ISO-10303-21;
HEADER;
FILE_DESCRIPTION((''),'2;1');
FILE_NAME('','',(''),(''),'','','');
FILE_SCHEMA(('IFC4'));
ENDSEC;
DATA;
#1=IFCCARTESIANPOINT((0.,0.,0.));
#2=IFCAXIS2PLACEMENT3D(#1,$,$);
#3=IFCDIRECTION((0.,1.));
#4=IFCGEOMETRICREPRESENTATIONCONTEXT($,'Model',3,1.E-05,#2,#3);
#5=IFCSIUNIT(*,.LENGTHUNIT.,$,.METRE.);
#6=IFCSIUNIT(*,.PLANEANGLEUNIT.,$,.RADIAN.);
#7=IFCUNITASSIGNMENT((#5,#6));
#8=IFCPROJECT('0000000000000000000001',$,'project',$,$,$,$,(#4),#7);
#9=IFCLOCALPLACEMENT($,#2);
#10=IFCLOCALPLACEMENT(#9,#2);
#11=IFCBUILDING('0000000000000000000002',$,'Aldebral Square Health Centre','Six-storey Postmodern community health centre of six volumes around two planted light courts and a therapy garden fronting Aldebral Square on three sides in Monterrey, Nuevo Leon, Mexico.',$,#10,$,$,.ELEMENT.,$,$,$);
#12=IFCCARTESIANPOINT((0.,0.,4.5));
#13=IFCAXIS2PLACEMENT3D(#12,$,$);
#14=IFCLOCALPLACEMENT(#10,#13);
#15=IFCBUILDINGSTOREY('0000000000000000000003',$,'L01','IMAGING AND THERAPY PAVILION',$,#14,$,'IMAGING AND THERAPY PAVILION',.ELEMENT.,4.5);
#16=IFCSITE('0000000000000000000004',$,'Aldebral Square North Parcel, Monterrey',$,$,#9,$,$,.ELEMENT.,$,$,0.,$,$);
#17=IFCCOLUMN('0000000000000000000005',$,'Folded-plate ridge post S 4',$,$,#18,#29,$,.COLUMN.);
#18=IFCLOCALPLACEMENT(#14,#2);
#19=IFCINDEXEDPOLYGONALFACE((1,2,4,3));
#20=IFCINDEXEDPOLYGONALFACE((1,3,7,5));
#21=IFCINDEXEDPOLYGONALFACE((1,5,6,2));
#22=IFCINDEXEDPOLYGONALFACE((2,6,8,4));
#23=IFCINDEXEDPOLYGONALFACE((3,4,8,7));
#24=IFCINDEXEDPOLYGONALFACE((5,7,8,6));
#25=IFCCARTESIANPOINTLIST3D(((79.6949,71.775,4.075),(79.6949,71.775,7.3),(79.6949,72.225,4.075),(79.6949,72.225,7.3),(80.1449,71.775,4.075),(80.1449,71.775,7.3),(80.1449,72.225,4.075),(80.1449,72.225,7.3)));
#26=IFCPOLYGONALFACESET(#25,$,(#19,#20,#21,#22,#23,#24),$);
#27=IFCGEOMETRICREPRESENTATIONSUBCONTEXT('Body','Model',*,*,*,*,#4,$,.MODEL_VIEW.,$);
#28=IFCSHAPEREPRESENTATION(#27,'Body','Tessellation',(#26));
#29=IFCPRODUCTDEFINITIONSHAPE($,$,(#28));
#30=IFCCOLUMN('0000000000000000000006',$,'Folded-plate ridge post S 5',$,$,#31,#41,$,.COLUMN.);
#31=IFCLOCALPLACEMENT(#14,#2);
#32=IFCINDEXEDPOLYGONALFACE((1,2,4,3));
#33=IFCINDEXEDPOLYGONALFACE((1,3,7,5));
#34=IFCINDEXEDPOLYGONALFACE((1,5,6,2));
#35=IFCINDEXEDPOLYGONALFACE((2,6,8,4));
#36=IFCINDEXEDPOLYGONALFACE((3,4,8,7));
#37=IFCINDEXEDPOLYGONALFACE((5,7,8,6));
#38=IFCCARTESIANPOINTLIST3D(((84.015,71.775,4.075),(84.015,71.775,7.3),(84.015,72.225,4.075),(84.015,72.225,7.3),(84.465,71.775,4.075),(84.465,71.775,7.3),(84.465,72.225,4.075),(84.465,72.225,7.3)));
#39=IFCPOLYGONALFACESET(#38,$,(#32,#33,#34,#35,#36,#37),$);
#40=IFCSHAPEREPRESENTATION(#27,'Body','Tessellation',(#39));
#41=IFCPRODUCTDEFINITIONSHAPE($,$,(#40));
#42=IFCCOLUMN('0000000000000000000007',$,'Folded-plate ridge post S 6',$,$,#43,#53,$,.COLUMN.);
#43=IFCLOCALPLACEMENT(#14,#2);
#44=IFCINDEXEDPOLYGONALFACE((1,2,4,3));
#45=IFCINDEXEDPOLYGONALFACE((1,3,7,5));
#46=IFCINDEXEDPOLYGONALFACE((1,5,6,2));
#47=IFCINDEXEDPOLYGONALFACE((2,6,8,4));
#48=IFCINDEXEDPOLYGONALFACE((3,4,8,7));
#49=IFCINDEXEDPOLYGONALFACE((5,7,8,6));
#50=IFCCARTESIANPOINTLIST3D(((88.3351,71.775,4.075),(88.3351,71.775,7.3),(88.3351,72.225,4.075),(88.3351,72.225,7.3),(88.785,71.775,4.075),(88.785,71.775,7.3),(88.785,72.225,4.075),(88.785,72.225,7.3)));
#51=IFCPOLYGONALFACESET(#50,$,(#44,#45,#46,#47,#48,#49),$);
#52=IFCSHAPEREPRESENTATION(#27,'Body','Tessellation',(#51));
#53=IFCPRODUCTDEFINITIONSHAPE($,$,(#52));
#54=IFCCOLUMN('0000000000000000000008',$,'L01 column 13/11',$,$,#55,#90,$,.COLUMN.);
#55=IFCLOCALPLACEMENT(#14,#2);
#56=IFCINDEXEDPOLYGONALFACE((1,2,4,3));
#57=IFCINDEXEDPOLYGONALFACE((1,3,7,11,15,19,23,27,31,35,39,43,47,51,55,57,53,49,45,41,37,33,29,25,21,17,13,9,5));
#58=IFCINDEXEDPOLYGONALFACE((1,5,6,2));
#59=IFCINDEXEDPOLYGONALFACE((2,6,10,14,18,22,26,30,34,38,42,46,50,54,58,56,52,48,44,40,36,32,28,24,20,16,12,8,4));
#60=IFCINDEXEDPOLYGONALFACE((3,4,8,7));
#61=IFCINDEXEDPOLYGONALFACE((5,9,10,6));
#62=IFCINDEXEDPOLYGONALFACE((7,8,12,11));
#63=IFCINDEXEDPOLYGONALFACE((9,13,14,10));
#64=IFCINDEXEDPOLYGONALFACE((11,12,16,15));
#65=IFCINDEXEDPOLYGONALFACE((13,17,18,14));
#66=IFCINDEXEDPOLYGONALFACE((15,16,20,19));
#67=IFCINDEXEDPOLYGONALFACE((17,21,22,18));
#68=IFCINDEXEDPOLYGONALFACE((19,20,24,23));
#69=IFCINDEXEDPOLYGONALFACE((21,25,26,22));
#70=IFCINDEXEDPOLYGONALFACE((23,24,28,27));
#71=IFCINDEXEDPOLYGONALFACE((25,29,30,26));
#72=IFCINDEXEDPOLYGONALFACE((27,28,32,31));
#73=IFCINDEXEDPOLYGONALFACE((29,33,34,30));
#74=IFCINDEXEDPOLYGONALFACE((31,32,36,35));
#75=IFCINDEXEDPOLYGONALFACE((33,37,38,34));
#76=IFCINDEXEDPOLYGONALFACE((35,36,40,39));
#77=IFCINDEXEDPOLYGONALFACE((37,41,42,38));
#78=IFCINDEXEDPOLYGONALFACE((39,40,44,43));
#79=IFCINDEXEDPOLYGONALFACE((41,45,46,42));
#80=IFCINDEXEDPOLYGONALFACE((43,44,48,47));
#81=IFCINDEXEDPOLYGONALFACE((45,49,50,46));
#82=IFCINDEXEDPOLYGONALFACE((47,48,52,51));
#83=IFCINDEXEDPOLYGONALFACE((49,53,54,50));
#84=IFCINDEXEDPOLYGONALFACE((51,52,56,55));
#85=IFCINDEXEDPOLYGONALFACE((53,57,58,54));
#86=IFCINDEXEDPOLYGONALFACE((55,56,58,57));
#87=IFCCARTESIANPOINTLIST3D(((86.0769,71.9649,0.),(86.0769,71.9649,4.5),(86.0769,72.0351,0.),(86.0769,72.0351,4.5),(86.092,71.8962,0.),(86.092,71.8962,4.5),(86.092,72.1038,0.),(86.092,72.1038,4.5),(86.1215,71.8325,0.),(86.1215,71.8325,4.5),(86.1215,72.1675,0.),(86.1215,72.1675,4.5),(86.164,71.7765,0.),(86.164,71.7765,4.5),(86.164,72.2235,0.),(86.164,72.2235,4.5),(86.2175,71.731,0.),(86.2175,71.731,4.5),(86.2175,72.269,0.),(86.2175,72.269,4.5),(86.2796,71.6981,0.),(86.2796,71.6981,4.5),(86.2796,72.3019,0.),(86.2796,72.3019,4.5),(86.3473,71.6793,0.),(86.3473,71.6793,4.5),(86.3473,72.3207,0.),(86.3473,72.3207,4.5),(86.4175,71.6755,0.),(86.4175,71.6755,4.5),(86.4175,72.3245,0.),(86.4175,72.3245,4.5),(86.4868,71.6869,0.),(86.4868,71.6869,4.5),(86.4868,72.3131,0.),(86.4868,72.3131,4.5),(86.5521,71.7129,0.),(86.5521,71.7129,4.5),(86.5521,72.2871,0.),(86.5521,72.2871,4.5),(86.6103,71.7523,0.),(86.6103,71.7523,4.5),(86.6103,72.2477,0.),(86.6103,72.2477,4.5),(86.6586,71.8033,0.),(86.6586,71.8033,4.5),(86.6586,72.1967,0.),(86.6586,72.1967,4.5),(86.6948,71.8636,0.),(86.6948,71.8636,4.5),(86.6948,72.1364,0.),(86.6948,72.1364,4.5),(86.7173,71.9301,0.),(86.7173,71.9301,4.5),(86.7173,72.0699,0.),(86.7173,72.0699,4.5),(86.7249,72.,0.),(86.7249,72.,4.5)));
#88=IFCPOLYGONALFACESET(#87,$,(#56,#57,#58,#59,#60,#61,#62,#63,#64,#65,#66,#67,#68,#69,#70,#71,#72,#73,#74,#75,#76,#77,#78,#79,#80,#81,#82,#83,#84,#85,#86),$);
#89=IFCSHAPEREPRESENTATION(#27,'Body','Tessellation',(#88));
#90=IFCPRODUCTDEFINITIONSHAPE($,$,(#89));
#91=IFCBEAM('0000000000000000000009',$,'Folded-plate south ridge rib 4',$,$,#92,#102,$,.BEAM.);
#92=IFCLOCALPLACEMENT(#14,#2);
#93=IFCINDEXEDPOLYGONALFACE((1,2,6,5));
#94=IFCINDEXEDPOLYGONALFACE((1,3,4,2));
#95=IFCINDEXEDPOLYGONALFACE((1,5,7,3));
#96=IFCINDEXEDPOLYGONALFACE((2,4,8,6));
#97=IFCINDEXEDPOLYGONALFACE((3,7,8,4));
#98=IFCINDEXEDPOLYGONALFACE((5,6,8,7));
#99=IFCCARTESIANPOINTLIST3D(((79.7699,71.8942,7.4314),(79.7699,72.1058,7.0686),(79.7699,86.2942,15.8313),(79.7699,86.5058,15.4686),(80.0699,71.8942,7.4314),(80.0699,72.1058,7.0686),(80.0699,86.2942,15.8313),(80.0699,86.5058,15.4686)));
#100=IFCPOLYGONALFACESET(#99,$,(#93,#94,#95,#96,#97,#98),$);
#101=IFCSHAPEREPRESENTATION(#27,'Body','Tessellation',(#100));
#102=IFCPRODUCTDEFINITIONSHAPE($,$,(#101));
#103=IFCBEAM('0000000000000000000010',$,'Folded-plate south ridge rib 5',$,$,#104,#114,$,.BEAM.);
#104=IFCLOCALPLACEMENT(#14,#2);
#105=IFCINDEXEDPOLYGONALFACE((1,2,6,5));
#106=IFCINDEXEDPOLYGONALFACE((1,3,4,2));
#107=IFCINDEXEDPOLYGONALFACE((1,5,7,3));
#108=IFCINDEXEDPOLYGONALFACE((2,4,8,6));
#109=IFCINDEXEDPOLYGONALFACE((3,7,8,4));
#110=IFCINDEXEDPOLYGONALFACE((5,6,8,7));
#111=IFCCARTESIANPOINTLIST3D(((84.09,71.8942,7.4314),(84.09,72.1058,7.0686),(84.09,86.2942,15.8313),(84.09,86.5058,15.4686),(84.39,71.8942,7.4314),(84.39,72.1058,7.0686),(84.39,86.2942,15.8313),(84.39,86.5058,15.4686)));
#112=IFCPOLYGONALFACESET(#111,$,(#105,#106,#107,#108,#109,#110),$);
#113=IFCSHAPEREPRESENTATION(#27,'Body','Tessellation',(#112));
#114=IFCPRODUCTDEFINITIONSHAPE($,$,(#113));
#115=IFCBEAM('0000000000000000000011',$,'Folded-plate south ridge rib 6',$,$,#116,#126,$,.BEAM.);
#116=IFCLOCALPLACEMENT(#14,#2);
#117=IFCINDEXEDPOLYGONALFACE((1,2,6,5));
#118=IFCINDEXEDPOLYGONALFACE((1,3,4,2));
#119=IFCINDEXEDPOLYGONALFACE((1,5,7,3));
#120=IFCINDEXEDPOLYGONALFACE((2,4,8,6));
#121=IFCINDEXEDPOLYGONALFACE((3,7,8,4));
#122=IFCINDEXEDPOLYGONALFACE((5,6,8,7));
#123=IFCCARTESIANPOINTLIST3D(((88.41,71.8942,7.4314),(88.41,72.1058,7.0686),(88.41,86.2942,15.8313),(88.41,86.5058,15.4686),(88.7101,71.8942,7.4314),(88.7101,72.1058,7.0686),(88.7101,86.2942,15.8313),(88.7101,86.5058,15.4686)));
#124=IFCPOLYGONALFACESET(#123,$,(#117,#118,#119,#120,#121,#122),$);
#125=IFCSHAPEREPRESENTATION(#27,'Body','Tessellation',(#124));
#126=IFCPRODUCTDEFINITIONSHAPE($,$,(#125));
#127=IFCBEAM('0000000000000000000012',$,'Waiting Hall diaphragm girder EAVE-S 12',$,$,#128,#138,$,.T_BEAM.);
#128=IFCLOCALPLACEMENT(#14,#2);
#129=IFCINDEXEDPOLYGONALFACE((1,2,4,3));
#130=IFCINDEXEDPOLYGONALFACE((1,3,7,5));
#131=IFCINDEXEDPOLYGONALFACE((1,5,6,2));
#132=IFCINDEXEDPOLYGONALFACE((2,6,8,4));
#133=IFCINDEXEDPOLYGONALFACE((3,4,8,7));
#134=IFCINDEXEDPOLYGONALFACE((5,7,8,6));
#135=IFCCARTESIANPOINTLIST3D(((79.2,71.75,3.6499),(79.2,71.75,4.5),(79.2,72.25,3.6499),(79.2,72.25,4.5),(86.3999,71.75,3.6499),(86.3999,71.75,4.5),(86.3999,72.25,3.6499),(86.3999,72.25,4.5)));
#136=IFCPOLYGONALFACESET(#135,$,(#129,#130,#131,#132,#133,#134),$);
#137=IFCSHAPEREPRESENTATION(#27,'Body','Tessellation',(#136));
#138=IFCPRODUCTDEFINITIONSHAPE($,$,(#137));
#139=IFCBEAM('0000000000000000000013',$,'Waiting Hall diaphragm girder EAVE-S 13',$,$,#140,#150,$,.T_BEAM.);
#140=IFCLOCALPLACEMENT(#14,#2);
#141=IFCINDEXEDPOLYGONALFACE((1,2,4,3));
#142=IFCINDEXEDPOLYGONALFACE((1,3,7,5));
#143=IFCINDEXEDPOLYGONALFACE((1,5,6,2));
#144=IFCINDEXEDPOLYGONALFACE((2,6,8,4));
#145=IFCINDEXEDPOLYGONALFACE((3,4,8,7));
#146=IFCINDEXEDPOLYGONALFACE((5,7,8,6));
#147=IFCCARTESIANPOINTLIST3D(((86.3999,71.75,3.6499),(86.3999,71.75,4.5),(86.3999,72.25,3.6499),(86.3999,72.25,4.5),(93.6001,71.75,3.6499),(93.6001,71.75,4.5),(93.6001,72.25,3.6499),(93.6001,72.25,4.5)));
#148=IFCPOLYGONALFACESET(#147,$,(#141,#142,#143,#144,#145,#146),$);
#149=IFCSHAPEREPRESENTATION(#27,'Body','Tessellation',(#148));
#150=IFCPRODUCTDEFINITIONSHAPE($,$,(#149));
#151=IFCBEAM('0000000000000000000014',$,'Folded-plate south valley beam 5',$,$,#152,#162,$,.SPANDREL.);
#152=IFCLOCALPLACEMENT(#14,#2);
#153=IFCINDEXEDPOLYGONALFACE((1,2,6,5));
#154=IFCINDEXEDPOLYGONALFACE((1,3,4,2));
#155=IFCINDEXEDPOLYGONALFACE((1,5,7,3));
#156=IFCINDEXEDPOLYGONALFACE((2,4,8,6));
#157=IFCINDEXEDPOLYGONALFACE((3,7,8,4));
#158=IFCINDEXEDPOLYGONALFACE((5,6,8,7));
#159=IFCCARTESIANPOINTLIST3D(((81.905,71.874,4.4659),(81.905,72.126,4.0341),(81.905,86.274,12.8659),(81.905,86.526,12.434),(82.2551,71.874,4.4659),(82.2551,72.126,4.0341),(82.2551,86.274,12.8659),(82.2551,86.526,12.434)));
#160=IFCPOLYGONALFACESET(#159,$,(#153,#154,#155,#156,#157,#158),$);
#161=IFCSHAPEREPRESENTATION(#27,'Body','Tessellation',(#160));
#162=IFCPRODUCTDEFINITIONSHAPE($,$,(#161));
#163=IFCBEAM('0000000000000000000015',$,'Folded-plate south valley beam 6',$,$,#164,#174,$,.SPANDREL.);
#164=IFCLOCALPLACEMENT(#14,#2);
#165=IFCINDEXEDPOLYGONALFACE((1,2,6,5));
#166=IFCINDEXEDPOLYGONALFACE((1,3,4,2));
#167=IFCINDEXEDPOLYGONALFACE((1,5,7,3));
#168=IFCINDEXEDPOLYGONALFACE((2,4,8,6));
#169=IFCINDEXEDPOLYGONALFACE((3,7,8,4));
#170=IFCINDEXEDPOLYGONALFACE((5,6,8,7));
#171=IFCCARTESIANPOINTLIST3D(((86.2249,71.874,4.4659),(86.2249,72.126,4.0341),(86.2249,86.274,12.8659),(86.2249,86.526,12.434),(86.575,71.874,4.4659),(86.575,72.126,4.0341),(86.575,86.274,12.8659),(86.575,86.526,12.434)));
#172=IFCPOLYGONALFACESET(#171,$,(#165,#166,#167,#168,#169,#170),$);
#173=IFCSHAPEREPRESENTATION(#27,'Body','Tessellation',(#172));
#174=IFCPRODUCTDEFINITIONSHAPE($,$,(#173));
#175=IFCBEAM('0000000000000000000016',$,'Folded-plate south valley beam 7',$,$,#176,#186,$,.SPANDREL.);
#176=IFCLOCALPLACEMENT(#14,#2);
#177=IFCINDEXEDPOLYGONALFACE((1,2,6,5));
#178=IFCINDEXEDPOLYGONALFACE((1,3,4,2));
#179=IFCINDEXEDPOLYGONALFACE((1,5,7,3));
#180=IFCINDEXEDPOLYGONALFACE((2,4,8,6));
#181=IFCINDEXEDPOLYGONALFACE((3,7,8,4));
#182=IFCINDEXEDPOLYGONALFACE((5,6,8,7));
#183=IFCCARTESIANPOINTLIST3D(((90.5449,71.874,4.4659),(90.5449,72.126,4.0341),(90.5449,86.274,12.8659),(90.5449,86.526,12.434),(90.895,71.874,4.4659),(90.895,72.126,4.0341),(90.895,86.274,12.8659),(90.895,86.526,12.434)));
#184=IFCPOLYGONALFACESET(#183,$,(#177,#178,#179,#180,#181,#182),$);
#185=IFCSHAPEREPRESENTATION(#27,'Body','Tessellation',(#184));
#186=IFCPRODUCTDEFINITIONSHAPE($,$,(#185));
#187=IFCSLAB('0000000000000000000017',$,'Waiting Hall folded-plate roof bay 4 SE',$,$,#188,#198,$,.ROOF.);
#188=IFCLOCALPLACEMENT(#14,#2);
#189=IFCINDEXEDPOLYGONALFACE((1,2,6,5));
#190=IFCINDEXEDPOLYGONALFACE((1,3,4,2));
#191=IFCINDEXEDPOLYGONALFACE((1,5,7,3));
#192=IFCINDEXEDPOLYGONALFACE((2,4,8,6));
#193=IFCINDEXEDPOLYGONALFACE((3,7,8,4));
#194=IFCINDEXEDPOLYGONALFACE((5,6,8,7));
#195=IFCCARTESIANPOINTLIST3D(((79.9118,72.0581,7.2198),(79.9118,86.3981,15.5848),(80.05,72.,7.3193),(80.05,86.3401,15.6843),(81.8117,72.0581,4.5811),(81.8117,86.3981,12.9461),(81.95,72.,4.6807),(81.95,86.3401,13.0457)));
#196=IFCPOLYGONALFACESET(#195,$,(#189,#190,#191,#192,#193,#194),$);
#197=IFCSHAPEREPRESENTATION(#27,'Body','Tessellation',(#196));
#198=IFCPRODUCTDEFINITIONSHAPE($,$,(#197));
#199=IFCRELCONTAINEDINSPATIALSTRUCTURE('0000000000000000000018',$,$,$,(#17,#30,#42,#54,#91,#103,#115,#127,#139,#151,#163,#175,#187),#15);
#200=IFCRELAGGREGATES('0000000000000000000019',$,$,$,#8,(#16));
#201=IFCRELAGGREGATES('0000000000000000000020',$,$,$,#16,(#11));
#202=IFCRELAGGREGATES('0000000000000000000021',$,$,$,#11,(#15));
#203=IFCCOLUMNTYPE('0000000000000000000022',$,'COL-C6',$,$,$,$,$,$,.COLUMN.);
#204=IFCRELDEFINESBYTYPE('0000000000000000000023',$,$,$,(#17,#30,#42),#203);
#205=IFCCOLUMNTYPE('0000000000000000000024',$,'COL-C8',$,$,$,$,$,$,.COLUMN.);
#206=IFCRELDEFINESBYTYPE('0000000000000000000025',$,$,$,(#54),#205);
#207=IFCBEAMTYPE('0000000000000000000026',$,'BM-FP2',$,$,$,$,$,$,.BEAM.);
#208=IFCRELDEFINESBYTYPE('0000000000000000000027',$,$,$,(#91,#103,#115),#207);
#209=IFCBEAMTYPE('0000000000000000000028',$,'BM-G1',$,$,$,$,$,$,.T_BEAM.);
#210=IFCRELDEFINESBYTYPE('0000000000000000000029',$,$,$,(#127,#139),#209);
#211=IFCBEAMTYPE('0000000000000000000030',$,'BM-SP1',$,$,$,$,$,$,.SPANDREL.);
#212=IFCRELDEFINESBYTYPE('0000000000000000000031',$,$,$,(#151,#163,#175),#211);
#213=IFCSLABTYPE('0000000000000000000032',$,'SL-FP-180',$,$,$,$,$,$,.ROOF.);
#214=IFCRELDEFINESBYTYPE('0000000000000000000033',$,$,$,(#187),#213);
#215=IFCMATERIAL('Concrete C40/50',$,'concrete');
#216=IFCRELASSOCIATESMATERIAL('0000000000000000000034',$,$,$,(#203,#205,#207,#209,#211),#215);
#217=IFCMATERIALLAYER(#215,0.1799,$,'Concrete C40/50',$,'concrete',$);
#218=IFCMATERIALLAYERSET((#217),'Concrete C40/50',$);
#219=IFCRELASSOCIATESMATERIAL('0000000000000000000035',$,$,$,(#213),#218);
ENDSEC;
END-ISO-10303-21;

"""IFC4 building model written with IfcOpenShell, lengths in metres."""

from ifc_helpers import new_model, si_unit, direction, frame, origin, origin_2d, place, context, subcontext, project, spatial, polyline, rectangle, circle, outline, extrude, material, layer, layer_set, material_profile, profile_set, type_object, element, save


model = new_model("IFC4")

# Units and contexts
model_context = context("Model", 3, precision=1e-05, world=origin(), true_north=direction((0.0, 1.0)))
body_context = subcontext(model_context, "Body", "Model", "MODEL_VIEW")
ifc_project = project(units=[si_unit("LENGTHUNIT", "METRE"), si_unit("PLANEANGLEUNIT", "RADIAN")], contexts=[model_context])

# Site, building, storey
site_placement = place(None, origin())
site = spatial("IfcSite", under=ifc_project, at=site_placement, Name="Aldebral Square North Parcel, Monterrey", CompositionType="ELEMENT", RefElevation=0.0)
building_placement = place(site_placement, origin())
building = spatial("IfcBuilding", under=site, at=building_placement, Name="Aldebral Square Health Centre", Description="Six-storey Postmodern community health centre of six volumes around two planted light courts and a therapy garden fronting Aldebral Square on three sides in Monterrey, Nuevo Leon, Mexico.", CompositionType="ELEMENT")
storey_placement = place(building_placement, frame((0.0, 0.0, 4.5)))
storey = spatial("IfcBuildingStorey", under=building, at=storey_placement, Name="L01", Description="IMAGING AND THERAPY PAVILION", LongName="IMAGING AND THERAPY PAVILION", CompositionType="ELEMENT", Elevation=4.5)

# Columns
ifc_material_1 = material(Name="Concrete C40/50", Category="concrete")
ifc_material_profile_1 = material_profile(ifc_material_1, rectangle(XDim=0.45, YDim=0.45, at=origin_2d()), Name="RC 450x450")
ifc_profile_set_1 = profile_set([ifc_material_profile_1], Name="Concrete C40/50")
column_type_1 = type_object("IfcColumnType", Name="COL-C6", PredefinedType="COLUMN", material=ifc_profile_set_1)
for number, where, z_axis, x_axis, name in (
    (1, (79.9199, 72.0, 4.075), (0.0, 0.0, 1.0), (1.0, 0.0, 0.0), "Folded-plate ridge post S 4"),
    (2, (84.24, 72.0, 4.075), (0.0, 0.0, 1.0), (1.0, 0.0, 0.0), "Folded-plate ridge post S 5"),
    (3, (88.5601, 72.0, 4.075), (0.0, 0.0, 1.0), (1.0, 0.0, 0.0), "Folded-plate ridge post S 6"),
):
    element("IfcColumn", number, at=place(storey_placement, frame(where, z_axis=z_axis, x_axis=x_axis)), inside=storey, type_object=column_type_1, Name=name, PredefinedType="COLUMN", context=body_context, shape_type="SweptSolid", body=[
        extrude(rectangle(XDim=0.45, YDim=0.45, at=origin_2d()), origin(), (0.0, 0.0, 1.0), 3.2251),
    ])
ifc_material_profile_2 = material_profile(ifc_material_1, circle(Radius=0.325, at=origin_2d()), Name="RC D650")
ifc_profile_set_2 = profile_set([ifc_material_profile_2], Name="Concrete C40/50")
column_type_2 = type_object("IfcColumnType", Name="COL-C8", PredefinedType="COLUMN", material=ifc_profile_set_2)
column_placement = place(storey_placement, frame((86.3999, 72.0, 0.0), z_axis=(0.0, 0.0, 1.0), x_axis=(1.0, 0.0, 0.0)))
element("IfcColumn", 4, at=column_placement, inside=storey, type_object=column_type_2, Name="L01 column 13/11", PredefinedType="COLUMN", context=body_context, shape_type="SweptSolid", body=[
    extrude(circle(Radius=0.325, at=origin_2d()), origin(), (0.0, 0.0, 1.0), 4.5),
])

# Beams
ifc_material_profile_3 = material_profile(ifc_material_1, rectangle(XDim=0.3, YDim=0.4199, at=origin_2d()), Name="RC 300x420")
ifc_profile_set_3 = profile_set([ifc_material_profile_3], Name="Concrete C40/50")
beam_type_1 = type_object("IfcBeamType", Name="BM-FP2", PredefinedType="BEAM", material=ifc_profile_set_3)
for number, where, z_axis, x_axis, name in (
    (5, (79.9199, 72.0, 7.25), (0.0, 0.86378, 0.503869), (-1.0, 0.0, 0.0), "Folded-plate south ridge rib 4"),
    (6, (84.24, 72.0, 7.25), (0.0, 0.86378, 0.503869), (-1.0, 0.0, 0.0), "Folded-plate south ridge rib 5"),
    (7, (88.5601, 72.0, 7.25), (0.0, 0.86378, 0.503869), (-1.0, 0.0, 0.0), "Folded-plate south ridge rib 6"),
):
    element("IfcBeam", number, at=place(storey_placement, frame(where, z_axis=z_axis, x_axis=x_axis)), inside=storey, type_object=beam_type_1, Name=name, PredefinedType="BEAM", context=body_context, shape_type="SweptSolid", body=[
        extrude(rectangle(XDim=0.3, YDim=0.4199, at=origin_2d()), origin(), (0.0, 0.0, 1.0), 16.6709),
    ])
ifc_material_profile_4 = material_profile(ifc_material_1, rectangle(XDim=0.5, YDim=0.8501, at=origin_2d()), Name="RC 500x850")
ifc_profile_set_4 = profile_set([ifc_material_profile_4], Name="Concrete C40/50")
beam_type_2 = type_object("IfcBeamType", Name="BM-G1", PredefinedType="T_BEAM", material=ifc_profile_set_4)
beam_1_placement = place(storey_placement, frame((79.2, 72.0, 4.075), z_axis=(1.0, 0.0, 0.0), x_axis=(0.0, 1.0, 0.0)))
element("IfcBeam", 8, at=beam_1_placement, inside=storey, type_object=beam_type_2, Name="Waiting Hall diaphragm girder EAVE-S 12", PredefinedType="T_BEAM", context=body_context, shape_type="SweptSolid", body=[
    extrude(rectangle(XDim=0.5, YDim=0.8501, at=origin_2d()), origin(), (0.0, 0.0, 1.0), 7.2),
])
beam_2_placement = place(storey_placement, frame((86.3999, 72.0, 4.075), z_axis=(1.0, 0.0, 0.0), x_axis=(0.0, 1.0, 0.0)))
element("IfcBeam", 9, at=beam_2_placement, inside=storey, type_object=beam_type_2, Name="Waiting Hall diaphragm girder EAVE-S 13", PredefinedType="T_BEAM", context=body_context, shape_type="SweptSolid", body=[
    extrude(rectangle(XDim=0.5, YDim=0.8501, at=origin_2d()), origin(), (0.0, 0.0, 1.0), 7.2002),
])
ifc_material_profile_5 = material_profile(ifc_material_1, rectangle(XDim=0.3501, YDim=0.5, at=origin_2d()), Name="RC 350x500")
ifc_profile_set_5 = profile_set([ifc_material_profile_5], Name="Concrete C40/50")
beam_type_3 = type_object("IfcBeamType", Name="BM-SP1", PredefinedType="SPANDREL", material=ifc_profile_set_5)
for number, where, z_axis, x_axis, name in (
    (10, (82.0801, 72.0, 4.25), (0.0, 0.86378, 0.503869), (-1.0, 0.0, 0.0), "Folded-plate south valley beam 5"),
    (11, (86.3999, 72.0, 4.25), (0.0, 0.86378, 0.503869), (-1.0, 0.0, 0.0), "Folded-plate south valley beam 6"),
    (12, (90.72, 72.0, 4.25), (0.0, 0.86378, 0.503869), (-1.0, 0.0, 0.0), "Folded-plate south valley beam 7"),
):
    element("IfcBeam", number, at=place(storey_placement, frame(where, z_axis=z_axis, x_axis=x_axis)), inside=storey, type_object=beam_type_3, Name=name, PredefinedType="SPANDREL", context=body_context, shape_type="SweptSolid", body=[
        extrude(rectangle(XDim=0.3501, YDim=0.5, at=origin_2d()), origin(), (0.0, 0.0, 1.0), 16.6709),
    ])

# Slab
ifc_layer_1 = layer(ifc_material_1, 0.1799, Name="Concrete C40/50", Category="concrete")
ifc_layer_set_1 = layer_set([ifc_layer_1], Name="Concrete C40/50")
slab_type = type_object("IfcSlabType", Name="SL-FP-180", PredefinedType="ROOF", material=ifc_layer_set_1)
slab_1_placement = place(storey_placement, frame((80.05, 72.0, 7.3193), z_axis=(0.768132, -0.322623, 0.553072), x_axis=(0.584317, 0.0, -0.811526)))
element("IfcSlab", 13, at=slab_1_placement, inside=storey, type_object=slab_type, Name="Waiting Hall folded-plate roof bay 4 SE", PredefinedType="ROOF", context=body_context, shape_type="SweptSolid", body=[
    extrude(outline(polyline([(0.0, 0.0), (3.2515, 0.0), (-3.5369, 15.1502), (-6.7884, 15.1502), (0.0, 0.0)])), origin(), (0.0, 0.0, -1.0), 0.1799),
])

save(model, "model.ifc")
